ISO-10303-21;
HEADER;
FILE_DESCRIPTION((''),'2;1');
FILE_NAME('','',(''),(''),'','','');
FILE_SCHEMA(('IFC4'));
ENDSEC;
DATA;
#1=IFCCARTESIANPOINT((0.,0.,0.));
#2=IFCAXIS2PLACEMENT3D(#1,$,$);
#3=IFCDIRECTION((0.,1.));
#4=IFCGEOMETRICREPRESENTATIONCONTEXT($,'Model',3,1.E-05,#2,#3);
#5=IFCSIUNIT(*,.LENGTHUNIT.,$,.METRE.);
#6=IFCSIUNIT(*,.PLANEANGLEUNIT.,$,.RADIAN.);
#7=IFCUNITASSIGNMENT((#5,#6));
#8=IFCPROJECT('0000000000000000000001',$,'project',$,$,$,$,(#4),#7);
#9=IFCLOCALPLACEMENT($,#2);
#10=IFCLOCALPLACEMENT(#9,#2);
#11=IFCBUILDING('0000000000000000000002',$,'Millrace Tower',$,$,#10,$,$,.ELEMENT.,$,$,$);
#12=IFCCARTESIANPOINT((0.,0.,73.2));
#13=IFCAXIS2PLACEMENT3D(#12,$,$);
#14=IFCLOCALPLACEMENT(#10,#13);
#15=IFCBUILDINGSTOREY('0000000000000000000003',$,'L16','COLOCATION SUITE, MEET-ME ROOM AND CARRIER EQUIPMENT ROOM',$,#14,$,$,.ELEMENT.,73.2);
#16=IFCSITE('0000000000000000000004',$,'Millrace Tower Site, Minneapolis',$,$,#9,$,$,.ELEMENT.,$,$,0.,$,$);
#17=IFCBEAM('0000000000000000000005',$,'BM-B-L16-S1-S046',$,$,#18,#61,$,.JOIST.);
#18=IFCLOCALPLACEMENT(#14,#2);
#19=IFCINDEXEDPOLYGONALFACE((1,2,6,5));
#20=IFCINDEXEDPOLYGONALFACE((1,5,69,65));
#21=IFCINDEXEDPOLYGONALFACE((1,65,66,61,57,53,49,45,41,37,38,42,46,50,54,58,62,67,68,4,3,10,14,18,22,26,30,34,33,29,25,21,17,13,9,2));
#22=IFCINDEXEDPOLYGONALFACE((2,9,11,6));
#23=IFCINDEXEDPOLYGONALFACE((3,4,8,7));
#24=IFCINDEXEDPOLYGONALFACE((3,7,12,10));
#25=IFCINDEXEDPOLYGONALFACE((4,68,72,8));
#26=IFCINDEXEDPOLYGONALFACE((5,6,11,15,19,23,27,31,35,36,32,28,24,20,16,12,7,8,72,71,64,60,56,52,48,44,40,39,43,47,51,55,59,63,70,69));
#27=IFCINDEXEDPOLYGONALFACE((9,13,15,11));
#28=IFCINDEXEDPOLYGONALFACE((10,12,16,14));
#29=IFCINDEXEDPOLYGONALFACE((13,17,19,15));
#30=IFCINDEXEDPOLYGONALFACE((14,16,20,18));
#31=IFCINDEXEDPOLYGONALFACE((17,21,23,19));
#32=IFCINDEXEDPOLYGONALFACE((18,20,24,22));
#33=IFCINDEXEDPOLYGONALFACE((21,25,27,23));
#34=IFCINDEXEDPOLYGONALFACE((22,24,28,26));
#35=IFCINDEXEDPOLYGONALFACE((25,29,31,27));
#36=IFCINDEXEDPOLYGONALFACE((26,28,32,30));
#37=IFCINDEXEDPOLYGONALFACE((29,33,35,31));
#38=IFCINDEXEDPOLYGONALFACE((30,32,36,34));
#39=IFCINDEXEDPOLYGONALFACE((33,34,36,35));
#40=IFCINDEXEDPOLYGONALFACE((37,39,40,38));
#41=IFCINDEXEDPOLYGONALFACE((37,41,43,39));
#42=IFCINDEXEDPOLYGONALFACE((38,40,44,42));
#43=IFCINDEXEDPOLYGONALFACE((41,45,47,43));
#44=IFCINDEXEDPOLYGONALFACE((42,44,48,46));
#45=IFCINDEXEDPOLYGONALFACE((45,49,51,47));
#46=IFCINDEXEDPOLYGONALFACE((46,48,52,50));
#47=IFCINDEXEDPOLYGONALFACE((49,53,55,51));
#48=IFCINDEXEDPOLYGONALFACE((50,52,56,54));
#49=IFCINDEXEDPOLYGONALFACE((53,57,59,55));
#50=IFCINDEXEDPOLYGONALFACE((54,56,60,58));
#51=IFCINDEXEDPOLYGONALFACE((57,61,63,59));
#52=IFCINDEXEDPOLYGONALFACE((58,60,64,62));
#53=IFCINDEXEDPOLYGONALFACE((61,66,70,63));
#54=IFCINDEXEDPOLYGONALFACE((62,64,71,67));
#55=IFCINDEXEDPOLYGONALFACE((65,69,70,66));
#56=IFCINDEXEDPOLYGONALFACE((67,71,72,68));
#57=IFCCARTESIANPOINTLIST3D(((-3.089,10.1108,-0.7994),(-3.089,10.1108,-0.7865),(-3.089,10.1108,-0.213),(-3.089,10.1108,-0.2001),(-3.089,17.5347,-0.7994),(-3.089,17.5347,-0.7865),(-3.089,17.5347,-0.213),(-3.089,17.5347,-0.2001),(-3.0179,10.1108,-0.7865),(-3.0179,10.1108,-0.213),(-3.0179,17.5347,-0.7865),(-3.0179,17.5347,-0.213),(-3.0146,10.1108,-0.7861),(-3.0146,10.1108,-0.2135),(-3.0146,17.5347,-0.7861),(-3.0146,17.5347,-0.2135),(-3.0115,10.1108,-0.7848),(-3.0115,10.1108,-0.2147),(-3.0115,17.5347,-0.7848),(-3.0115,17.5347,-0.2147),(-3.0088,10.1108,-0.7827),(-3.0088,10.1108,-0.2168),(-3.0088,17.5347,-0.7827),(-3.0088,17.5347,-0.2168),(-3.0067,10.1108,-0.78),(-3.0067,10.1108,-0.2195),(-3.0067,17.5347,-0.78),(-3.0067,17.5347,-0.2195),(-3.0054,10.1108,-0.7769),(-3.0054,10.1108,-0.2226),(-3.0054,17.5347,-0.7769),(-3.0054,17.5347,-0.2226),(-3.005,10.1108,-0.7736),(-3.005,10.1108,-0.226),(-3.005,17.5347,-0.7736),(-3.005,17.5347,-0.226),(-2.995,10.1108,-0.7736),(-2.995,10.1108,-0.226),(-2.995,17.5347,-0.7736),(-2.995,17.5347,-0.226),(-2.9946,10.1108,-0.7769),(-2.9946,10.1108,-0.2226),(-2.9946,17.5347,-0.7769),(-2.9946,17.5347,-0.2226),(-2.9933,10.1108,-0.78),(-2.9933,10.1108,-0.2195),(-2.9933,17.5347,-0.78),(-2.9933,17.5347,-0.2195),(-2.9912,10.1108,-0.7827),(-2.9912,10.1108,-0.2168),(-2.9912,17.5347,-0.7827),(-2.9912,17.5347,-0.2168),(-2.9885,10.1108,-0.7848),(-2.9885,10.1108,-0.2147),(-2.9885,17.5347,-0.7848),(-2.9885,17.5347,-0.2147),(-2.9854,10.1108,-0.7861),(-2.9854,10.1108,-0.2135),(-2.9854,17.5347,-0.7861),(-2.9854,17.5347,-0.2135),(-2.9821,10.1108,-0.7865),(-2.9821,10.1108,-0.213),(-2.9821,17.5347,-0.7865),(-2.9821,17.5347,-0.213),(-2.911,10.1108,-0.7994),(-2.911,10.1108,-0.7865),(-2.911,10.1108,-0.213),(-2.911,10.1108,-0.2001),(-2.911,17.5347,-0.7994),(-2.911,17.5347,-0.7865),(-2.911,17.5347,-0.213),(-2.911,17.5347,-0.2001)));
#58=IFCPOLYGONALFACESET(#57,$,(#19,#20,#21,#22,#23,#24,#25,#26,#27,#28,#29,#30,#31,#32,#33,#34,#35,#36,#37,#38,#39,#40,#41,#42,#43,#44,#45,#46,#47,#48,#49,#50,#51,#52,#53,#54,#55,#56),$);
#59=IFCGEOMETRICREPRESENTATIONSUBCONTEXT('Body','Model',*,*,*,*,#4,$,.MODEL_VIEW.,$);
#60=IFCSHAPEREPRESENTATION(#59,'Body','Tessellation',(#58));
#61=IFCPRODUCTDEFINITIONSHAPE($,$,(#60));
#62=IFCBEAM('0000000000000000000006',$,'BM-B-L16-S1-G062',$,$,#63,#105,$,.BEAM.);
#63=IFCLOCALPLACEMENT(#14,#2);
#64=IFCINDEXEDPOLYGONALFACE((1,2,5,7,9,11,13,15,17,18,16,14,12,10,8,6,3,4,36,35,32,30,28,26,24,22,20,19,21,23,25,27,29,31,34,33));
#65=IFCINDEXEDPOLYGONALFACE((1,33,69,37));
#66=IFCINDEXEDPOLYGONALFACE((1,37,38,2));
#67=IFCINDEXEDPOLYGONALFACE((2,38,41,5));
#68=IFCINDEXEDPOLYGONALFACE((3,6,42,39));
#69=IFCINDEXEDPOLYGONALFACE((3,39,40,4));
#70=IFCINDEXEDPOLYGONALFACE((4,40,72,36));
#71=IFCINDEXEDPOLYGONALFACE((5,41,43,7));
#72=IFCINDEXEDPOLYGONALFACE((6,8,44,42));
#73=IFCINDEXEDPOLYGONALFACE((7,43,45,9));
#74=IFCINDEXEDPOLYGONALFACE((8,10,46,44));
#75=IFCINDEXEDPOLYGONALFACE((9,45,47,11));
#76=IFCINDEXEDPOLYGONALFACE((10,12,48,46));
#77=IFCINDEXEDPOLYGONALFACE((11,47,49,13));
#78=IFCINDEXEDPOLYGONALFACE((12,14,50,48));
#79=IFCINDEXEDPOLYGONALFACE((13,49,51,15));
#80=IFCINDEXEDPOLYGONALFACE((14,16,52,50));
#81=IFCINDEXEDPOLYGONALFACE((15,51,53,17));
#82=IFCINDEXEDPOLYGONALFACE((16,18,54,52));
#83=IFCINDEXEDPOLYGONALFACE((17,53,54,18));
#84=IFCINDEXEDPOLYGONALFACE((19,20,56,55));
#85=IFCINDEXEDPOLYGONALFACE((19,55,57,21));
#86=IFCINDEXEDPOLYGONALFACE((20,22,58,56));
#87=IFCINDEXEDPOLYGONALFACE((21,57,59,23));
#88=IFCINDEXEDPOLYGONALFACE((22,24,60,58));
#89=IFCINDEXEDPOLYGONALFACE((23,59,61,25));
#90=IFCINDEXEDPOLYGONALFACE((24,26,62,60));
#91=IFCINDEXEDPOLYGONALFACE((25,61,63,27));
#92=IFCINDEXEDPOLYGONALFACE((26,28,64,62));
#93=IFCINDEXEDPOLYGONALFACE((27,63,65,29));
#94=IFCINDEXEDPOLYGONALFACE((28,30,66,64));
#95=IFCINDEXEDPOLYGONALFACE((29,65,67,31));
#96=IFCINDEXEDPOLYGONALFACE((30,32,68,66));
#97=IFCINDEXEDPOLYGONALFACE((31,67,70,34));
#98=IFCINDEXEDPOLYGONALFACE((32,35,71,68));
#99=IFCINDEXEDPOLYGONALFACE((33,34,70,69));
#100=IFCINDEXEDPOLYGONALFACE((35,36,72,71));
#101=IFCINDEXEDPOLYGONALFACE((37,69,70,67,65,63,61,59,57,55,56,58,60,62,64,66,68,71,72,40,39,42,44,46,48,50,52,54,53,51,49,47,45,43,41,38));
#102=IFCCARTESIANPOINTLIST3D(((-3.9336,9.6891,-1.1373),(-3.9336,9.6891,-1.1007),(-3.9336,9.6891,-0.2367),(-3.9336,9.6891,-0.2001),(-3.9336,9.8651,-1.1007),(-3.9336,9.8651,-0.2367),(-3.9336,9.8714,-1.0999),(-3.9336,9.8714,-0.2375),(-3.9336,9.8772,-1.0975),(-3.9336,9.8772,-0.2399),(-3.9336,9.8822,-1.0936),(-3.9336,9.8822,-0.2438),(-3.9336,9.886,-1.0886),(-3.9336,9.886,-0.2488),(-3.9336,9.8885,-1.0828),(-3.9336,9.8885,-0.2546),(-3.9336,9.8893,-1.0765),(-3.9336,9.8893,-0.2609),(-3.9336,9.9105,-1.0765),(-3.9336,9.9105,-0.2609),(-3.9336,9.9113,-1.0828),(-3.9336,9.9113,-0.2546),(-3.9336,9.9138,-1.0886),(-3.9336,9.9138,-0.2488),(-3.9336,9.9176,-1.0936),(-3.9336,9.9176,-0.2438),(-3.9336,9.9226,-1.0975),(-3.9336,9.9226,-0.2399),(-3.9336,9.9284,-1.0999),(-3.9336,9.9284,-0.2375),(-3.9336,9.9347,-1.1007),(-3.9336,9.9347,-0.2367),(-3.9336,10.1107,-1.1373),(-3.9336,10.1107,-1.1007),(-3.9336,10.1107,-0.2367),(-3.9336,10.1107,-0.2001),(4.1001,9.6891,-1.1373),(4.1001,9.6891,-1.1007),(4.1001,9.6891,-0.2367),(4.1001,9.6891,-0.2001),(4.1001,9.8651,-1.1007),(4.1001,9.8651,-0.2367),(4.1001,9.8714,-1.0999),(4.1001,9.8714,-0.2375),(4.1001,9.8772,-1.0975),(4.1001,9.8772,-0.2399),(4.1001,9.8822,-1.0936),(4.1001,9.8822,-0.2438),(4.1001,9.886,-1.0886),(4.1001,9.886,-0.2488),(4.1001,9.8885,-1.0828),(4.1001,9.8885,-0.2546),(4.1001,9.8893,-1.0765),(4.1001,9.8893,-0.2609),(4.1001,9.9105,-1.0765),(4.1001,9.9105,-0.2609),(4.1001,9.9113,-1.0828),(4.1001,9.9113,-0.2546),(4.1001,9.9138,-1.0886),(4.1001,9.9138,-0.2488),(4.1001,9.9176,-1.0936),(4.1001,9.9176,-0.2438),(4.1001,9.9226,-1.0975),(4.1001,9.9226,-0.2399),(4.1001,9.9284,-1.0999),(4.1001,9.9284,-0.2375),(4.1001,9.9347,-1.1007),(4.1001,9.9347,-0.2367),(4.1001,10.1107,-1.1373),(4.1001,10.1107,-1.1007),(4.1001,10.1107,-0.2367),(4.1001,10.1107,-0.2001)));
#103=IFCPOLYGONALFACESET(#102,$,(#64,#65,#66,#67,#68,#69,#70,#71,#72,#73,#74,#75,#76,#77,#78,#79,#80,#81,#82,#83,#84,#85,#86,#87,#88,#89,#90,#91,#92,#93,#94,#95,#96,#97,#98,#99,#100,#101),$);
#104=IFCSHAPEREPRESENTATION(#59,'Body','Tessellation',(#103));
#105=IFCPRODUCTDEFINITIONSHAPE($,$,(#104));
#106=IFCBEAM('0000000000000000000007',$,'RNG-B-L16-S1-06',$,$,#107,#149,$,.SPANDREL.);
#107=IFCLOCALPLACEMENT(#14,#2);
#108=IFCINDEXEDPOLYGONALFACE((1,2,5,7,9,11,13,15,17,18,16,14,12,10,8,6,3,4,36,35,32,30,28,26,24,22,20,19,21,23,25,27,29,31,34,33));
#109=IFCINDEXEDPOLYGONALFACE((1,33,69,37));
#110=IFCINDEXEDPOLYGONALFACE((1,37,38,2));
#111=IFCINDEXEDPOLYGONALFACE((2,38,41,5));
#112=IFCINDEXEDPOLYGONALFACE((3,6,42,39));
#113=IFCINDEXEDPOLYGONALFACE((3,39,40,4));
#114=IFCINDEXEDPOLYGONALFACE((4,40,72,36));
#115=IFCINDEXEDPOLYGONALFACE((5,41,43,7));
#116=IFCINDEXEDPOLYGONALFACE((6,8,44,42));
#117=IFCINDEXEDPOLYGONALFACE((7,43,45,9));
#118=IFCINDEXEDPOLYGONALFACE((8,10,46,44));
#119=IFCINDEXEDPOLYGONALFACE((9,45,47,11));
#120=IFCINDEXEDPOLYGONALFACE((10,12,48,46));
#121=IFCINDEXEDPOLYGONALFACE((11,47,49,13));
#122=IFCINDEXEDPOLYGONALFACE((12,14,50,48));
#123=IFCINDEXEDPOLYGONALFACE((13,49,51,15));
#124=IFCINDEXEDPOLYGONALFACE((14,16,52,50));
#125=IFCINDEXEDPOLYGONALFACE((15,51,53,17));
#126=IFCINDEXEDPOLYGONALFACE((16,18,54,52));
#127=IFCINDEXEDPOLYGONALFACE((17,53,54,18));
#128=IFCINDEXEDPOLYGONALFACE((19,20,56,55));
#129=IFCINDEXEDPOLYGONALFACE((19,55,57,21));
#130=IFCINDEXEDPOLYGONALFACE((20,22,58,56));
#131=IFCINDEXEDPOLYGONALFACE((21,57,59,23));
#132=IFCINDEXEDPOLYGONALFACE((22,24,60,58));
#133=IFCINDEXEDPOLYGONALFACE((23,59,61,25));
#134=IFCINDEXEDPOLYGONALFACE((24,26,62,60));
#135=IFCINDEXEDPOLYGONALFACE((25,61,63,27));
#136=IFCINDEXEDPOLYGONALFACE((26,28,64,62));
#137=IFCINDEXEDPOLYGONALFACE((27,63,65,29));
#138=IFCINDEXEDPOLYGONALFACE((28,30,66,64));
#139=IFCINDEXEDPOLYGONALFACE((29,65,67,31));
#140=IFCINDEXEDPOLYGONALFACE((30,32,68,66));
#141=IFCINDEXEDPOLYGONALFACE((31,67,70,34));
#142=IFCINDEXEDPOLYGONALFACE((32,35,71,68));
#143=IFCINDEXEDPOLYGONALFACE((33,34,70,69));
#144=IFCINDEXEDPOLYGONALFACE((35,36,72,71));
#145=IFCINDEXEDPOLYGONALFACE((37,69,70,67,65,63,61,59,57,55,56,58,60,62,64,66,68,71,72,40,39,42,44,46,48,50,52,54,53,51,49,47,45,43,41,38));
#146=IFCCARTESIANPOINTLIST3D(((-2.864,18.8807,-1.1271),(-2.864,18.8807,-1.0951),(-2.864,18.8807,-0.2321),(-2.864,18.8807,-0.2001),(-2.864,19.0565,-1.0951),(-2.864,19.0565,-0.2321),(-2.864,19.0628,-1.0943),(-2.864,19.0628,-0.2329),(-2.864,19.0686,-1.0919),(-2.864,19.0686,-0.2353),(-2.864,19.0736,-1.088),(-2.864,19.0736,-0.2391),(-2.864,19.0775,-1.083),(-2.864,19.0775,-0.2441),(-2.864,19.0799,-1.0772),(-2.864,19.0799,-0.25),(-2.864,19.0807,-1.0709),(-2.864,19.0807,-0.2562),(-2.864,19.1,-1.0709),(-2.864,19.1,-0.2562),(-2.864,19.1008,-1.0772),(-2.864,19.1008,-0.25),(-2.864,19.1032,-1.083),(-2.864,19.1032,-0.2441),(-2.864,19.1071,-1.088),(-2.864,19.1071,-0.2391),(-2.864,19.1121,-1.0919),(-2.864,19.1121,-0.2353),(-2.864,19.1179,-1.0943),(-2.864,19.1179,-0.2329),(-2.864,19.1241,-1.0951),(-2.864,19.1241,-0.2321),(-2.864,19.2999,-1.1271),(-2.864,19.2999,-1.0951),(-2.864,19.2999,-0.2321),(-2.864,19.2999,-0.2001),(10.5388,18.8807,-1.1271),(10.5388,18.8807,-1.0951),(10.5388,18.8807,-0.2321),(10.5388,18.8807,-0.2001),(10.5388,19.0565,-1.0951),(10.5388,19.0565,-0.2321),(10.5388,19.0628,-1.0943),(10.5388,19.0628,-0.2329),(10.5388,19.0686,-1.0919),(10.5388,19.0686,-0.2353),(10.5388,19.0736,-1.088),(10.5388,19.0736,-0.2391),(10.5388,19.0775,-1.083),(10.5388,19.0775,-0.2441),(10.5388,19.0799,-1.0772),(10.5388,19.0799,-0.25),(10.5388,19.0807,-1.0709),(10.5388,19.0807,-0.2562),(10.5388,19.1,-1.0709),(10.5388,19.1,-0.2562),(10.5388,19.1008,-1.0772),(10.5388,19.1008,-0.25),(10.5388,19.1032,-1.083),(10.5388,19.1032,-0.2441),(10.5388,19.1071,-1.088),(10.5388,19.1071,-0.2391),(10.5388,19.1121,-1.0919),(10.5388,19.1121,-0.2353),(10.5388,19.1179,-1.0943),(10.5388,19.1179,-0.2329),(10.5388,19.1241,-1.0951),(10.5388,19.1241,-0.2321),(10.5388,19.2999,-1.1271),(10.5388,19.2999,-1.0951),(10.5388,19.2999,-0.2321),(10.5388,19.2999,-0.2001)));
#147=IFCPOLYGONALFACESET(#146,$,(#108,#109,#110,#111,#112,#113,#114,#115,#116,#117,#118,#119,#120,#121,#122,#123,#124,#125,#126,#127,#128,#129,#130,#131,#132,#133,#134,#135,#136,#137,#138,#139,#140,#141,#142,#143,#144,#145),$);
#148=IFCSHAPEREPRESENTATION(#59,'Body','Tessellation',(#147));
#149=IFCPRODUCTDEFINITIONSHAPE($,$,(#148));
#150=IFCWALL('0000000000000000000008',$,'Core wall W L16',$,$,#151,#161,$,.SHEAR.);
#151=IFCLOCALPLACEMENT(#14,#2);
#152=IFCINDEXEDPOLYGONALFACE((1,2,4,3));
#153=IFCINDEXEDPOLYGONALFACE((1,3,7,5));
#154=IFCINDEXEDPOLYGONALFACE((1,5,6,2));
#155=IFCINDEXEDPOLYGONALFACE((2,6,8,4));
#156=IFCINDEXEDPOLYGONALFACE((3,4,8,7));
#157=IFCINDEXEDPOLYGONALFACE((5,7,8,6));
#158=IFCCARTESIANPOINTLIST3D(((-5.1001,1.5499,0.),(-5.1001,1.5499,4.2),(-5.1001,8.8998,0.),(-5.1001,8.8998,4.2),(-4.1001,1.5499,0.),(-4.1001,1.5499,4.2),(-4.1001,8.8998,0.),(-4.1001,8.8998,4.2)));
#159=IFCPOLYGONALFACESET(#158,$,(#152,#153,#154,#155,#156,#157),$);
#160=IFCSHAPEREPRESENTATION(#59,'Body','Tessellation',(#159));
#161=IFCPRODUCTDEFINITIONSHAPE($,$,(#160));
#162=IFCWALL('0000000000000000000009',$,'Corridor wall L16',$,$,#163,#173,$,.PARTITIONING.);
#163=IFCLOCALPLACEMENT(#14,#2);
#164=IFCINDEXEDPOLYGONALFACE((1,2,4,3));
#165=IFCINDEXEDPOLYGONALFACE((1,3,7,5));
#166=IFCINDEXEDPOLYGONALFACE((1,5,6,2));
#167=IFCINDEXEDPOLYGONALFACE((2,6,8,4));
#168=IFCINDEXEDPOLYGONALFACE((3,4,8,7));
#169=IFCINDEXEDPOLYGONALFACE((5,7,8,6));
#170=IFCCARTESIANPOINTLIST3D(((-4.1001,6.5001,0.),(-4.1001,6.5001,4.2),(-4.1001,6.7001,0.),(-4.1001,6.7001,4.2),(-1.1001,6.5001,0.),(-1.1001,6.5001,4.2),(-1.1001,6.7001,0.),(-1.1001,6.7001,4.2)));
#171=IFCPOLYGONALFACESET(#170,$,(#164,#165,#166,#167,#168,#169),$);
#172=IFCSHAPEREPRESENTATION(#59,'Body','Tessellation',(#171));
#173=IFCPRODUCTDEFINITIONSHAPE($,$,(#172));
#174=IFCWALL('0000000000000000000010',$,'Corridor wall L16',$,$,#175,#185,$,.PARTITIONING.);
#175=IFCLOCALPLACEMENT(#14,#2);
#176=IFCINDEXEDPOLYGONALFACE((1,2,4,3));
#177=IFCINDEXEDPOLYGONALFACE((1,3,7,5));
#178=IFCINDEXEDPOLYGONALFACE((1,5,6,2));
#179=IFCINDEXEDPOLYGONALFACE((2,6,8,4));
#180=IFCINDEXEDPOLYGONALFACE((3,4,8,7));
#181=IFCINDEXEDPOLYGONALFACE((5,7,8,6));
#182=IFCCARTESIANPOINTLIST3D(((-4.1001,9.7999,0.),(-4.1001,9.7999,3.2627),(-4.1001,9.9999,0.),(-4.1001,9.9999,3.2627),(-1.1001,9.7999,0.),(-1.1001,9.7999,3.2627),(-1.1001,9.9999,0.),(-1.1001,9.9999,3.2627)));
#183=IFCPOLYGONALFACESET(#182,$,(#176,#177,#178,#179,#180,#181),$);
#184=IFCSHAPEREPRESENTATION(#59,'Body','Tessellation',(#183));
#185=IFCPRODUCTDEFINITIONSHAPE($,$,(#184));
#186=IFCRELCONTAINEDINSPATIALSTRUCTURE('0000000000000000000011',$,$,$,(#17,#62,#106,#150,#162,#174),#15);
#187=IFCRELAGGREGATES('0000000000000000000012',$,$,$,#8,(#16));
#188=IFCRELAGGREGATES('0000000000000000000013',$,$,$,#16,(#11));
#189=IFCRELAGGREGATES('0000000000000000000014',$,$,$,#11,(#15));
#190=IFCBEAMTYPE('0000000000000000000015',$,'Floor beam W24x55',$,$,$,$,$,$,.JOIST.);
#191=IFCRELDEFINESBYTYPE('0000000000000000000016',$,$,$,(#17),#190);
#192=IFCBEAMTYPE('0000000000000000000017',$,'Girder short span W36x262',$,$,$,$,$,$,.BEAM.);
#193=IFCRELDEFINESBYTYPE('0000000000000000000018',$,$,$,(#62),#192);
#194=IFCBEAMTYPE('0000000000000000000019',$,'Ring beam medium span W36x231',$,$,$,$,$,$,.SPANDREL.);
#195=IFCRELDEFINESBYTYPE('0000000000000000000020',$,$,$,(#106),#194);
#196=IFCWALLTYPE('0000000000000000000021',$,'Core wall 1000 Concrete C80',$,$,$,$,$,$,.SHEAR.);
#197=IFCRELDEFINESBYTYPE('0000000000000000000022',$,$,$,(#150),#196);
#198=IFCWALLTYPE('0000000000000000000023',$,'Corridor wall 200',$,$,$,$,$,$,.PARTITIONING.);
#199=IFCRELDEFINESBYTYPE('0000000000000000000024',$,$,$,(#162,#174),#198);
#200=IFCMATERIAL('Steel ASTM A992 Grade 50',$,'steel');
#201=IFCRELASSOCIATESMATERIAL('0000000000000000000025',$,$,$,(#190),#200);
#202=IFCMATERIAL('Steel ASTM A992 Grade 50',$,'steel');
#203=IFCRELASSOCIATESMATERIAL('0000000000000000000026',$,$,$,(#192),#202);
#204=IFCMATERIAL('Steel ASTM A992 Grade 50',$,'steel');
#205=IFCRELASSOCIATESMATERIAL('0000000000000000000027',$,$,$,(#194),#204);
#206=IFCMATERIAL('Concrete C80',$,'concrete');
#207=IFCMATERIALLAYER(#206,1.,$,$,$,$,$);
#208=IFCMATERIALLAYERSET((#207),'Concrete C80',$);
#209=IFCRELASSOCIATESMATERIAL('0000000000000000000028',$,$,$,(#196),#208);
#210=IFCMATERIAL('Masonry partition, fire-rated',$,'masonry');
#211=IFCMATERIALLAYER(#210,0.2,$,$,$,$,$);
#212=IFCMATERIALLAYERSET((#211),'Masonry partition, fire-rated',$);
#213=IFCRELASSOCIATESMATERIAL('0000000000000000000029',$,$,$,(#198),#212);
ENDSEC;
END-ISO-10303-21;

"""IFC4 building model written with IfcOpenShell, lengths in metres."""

from ifc_helpers import new_model, si_unit, direction, frame, frame_2d, origin, origin_2d, place, context, subcontext, project, spatial, rectangle, i_section, extrude, material, layer, layer_set, material_profile, profile_set, type_object, element, save


model = new_model("IFC4")

# Units and contexts
model_context = context("Model", 3, precision=1e-05, world=origin(), true_north=direction((0.0, 1.0)))
body_context = subcontext(model_context, "Body", "Model", "MODEL_VIEW")
ifc_project = project(units=[si_unit("LENGTHUNIT", "METRE"), si_unit("PLANEANGLEUNIT", "RADIAN")], contexts=[model_context])

# Site, building, storey
site_placement = place(None, origin())
site = spatial("IfcSite", under=ifc_project, at=site_placement, Name="Millrace Tower Site, Minneapolis", CompositionType="ELEMENT", RefElevation=0.0)
building_placement = place(site_placement, origin())
building = spatial("IfcBuilding", under=site, at=building_placement, Name="Millrace Tower", CompositionType="ELEMENT")
storey_placement = place(building_placement, frame((0.0, 0.0, 73.2)))
storey = spatial("IfcBuildingStorey", under=building, at=storey_placement, Name="L16", Description="COLOCATION SUITE, MEET-ME ROOM AND CARRIER EQUIPMENT ROOM", CompositionType="ELEMENT", Elevation=73.2)

# Beams
ifc_material_1 = material(Name="Steel ASTM A992 Grade 50", Category="steel")
ifc_material_profile_1 = material_profile(ifc_material_1, i_section(OverallWidth=0.178, OverallDepth=0.5994, WebThickness=0.01, FlangeThickness=0.0129, FilletRadius=0.0129, at=origin_2d()))
ifc_profile_set_1 = profile_set([ifc_material_profile_1], Name="Steel ASTM A992 Grade 50")
beam_type_1 = type_object("IfcBeamType", Name="Floor beam W24x55", PredefinedType="JOIST", material=ifc_profile_set_1)
beam_1_placement = place(storey_placement, frame((-3.0, 10.1108, -0.4998), z_axis=(0.0, 1.0, 0.0), x_axis=(-1.0, 0.0, 0.0)))
element("IfcBeam", 1, at=beam_1_placement, inside=storey, type_object=beam_type_1, Name="BM-B-L16-S1-S046", PredefinedType="JOIST", context=body_context, shape_type="SweptSolid", body=[
    extrude(i_section(OverallWidth=0.178, OverallDepth=0.5994, WebThickness=0.01, FlangeThickness=0.0129, FilletRadius=0.0129, at=origin_2d()), origin(), (0.0, 0.0, 1.0), 7.4238),
])
ifc_material_2 = material(Name="Steel ASTM A992 Grade 50", Category="steel")
ifc_material_profile_2 = material_profile(ifc_material_2, i_section(OverallWidth=0.4216, OverallDepth=0.9373, WebThickness=0.0212, FlangeThickness=0.0366, FilletRadius=0.0242, at=origin_2d()))
ifc_profile_set_2 = profile_set([ifc_material_profile_2], Name="Steel ASTM A992 Grade 50")
beam_type_2 = type_object("IfcBeamType", Name="Girder short span W36x262", PredefinedType="BEAM", material=ifc_profile_set_2)
beam_2_placement = place(storey_placement, frame((-3.9336, 9.8999, -0.6687), z_axis=(1.0, 0.0, 0.0), x_axis=(0.0, 1.0, 0.0)))
element("IfcBeam", 2, at=beam_2_placement, inside=storey, type_object=beam_type_2, Name="BM-B-L16-S1-G062", PredefinedType="BEAM", context=body_context, shape_type="SweptSolid", body=[
    extrude(i_section(OverallWidth=0.4216, OverallDepth=0.9373, WebThickness=0.0212, FlangeThickness=0.0366, FilletRadius=0.0242, at=origin_2d()), origin(), (0.0, 0.0, 1.0), 8.0337),
])
ifc_material_3 = material(Name="Steel ASTM A992 Grade 50", Category="steel")
ifc_material_profile_3 = material_profile(ifc_material_3, i_section(OverallWidth=0.4192, OverallDepth=0.927, WebThickness=0.0193, FlangeThickness=0.032, FilletRadius=0.0242, at=origin_2d()))
ifc_profile_set_3 = profile_set([ifc_material_profile_3], Name="Steel ASTM A992 Grade 50")
beam_type_3 = type_object("IfcBeamType", Name="Ring beam medium span W36x231", PredefinedType="SPANDREL", material=ifc_profile_set_3)
beam_3_placement = place(storey_placement, frame((-2.864, 19.0903, -0.6636), z_axis=(1.0, 0.0, 0.0), x_axis=(0.0, 1.0, 0.0)))
element("IfcBeam", 3, at=beam_3_placement, inside=storey, type_object=beam_type_3, Name="RNG-B-L16-S1-06", PredefinedType="SPANDREL", context=body_context, shape_type="SweptSolid", body=[
    extrude(i_section(OverallWidth=0.4192, OverallDepth=0.927, WebThickness=0.0193, FlangeThickness=0.032, FilletRadius=0.0242, at=origin_2d()), origin(), (0.0, 0.0, 1.0), 13.4028),
])

# Walls
ifc_material_4 = material(Name="Concrete C80", Category="concrete")
ifc_layer_1 = layer(ifc_material_4, 1.0)
ifc_layer_set_1 = layer_set([ifc_layer_1], Name="Concrete C80")
wall_type_1 = type_object("IfcWallType", Name="Core wall 1000 Concrete C80", PredefinedType="SHEAR", material=ifc_layer_set_1)
wall_1_placement = place(storey_placement, frame((-4.6001, 1.55, 0.0), z_axis=(0.0, 0.0, 1.0), x_axis=(0.0, 1.0, 0.0)))
element("IfcWall", 4, at=wall_1_placement, inside=storey, type_object=wall_type_1, Name="Core wall W L16", PredefinedType="SHEAR", context=body_context, shape_type="SweptSolid", body=[
    extrude(rectangle(XDim=7.3499, YDim=1.0, at=frame_2d((3.6748, 0.0))), origin(), (0.0, 0.0, 1.0), 4.2),
])
ifc_material_5 = material(Name="Masonry partition, fire-rated", Category="masonry")
ifc_layer_2 = layer(ifc_material_5, 0.2)
ifc_layer_set_2 = layer_set([ifc_layer_2], Name="Masonry partition, fire-rated")
wall_type_2 = type_object("IfcWallType", Name="Corridor wall 200", PredefinedType="PARTITIONING", material=ifc_layer_set_2)
wall_2_placement = place(storey_placement, frame((-4.1001, 6.6001, 0.0), z_axis=(0.0, 0.0, 1.0), x_axis=(1.0, 0.0, 0.0)))
element("IfcWall", 5, at=wall_2_placement, inside=storey, type_object=wall_type_2, Name="Corridor wall L16", PredefinedType="PARTITIONING", context=body_context, shape_type="SweptSolid", body=[
    extrude(rectangle(XDim=3.0, YDim=0.2, at=frame_2d((1.5, 0.0))), origin(), (0.0, 0.0, 1.0), 4.2),
])
wall_3_placement = place(storey_placement, frame((-4.1001, 9.8999, 0.0), z_axis=(0.0, 0.0, 1.0), x_axis=(1.0, 0.0, 0.0)))
element("IfcWall", 6, at=wall_3_placement, inside=storey, type_object=wall_type_2, Name="Corridor wall L16", PredefinedType="PARTITIONING", context=body_context, shape_type="SweptSolid", body=[
    extrude(rectangle(XDim=3.0, YDim=0.2, at=frame_2d((1.5, 0.0))), origin(), (0.0, 0.0, 1.0), 3.2627),
])

save(model, "model.ifc")
